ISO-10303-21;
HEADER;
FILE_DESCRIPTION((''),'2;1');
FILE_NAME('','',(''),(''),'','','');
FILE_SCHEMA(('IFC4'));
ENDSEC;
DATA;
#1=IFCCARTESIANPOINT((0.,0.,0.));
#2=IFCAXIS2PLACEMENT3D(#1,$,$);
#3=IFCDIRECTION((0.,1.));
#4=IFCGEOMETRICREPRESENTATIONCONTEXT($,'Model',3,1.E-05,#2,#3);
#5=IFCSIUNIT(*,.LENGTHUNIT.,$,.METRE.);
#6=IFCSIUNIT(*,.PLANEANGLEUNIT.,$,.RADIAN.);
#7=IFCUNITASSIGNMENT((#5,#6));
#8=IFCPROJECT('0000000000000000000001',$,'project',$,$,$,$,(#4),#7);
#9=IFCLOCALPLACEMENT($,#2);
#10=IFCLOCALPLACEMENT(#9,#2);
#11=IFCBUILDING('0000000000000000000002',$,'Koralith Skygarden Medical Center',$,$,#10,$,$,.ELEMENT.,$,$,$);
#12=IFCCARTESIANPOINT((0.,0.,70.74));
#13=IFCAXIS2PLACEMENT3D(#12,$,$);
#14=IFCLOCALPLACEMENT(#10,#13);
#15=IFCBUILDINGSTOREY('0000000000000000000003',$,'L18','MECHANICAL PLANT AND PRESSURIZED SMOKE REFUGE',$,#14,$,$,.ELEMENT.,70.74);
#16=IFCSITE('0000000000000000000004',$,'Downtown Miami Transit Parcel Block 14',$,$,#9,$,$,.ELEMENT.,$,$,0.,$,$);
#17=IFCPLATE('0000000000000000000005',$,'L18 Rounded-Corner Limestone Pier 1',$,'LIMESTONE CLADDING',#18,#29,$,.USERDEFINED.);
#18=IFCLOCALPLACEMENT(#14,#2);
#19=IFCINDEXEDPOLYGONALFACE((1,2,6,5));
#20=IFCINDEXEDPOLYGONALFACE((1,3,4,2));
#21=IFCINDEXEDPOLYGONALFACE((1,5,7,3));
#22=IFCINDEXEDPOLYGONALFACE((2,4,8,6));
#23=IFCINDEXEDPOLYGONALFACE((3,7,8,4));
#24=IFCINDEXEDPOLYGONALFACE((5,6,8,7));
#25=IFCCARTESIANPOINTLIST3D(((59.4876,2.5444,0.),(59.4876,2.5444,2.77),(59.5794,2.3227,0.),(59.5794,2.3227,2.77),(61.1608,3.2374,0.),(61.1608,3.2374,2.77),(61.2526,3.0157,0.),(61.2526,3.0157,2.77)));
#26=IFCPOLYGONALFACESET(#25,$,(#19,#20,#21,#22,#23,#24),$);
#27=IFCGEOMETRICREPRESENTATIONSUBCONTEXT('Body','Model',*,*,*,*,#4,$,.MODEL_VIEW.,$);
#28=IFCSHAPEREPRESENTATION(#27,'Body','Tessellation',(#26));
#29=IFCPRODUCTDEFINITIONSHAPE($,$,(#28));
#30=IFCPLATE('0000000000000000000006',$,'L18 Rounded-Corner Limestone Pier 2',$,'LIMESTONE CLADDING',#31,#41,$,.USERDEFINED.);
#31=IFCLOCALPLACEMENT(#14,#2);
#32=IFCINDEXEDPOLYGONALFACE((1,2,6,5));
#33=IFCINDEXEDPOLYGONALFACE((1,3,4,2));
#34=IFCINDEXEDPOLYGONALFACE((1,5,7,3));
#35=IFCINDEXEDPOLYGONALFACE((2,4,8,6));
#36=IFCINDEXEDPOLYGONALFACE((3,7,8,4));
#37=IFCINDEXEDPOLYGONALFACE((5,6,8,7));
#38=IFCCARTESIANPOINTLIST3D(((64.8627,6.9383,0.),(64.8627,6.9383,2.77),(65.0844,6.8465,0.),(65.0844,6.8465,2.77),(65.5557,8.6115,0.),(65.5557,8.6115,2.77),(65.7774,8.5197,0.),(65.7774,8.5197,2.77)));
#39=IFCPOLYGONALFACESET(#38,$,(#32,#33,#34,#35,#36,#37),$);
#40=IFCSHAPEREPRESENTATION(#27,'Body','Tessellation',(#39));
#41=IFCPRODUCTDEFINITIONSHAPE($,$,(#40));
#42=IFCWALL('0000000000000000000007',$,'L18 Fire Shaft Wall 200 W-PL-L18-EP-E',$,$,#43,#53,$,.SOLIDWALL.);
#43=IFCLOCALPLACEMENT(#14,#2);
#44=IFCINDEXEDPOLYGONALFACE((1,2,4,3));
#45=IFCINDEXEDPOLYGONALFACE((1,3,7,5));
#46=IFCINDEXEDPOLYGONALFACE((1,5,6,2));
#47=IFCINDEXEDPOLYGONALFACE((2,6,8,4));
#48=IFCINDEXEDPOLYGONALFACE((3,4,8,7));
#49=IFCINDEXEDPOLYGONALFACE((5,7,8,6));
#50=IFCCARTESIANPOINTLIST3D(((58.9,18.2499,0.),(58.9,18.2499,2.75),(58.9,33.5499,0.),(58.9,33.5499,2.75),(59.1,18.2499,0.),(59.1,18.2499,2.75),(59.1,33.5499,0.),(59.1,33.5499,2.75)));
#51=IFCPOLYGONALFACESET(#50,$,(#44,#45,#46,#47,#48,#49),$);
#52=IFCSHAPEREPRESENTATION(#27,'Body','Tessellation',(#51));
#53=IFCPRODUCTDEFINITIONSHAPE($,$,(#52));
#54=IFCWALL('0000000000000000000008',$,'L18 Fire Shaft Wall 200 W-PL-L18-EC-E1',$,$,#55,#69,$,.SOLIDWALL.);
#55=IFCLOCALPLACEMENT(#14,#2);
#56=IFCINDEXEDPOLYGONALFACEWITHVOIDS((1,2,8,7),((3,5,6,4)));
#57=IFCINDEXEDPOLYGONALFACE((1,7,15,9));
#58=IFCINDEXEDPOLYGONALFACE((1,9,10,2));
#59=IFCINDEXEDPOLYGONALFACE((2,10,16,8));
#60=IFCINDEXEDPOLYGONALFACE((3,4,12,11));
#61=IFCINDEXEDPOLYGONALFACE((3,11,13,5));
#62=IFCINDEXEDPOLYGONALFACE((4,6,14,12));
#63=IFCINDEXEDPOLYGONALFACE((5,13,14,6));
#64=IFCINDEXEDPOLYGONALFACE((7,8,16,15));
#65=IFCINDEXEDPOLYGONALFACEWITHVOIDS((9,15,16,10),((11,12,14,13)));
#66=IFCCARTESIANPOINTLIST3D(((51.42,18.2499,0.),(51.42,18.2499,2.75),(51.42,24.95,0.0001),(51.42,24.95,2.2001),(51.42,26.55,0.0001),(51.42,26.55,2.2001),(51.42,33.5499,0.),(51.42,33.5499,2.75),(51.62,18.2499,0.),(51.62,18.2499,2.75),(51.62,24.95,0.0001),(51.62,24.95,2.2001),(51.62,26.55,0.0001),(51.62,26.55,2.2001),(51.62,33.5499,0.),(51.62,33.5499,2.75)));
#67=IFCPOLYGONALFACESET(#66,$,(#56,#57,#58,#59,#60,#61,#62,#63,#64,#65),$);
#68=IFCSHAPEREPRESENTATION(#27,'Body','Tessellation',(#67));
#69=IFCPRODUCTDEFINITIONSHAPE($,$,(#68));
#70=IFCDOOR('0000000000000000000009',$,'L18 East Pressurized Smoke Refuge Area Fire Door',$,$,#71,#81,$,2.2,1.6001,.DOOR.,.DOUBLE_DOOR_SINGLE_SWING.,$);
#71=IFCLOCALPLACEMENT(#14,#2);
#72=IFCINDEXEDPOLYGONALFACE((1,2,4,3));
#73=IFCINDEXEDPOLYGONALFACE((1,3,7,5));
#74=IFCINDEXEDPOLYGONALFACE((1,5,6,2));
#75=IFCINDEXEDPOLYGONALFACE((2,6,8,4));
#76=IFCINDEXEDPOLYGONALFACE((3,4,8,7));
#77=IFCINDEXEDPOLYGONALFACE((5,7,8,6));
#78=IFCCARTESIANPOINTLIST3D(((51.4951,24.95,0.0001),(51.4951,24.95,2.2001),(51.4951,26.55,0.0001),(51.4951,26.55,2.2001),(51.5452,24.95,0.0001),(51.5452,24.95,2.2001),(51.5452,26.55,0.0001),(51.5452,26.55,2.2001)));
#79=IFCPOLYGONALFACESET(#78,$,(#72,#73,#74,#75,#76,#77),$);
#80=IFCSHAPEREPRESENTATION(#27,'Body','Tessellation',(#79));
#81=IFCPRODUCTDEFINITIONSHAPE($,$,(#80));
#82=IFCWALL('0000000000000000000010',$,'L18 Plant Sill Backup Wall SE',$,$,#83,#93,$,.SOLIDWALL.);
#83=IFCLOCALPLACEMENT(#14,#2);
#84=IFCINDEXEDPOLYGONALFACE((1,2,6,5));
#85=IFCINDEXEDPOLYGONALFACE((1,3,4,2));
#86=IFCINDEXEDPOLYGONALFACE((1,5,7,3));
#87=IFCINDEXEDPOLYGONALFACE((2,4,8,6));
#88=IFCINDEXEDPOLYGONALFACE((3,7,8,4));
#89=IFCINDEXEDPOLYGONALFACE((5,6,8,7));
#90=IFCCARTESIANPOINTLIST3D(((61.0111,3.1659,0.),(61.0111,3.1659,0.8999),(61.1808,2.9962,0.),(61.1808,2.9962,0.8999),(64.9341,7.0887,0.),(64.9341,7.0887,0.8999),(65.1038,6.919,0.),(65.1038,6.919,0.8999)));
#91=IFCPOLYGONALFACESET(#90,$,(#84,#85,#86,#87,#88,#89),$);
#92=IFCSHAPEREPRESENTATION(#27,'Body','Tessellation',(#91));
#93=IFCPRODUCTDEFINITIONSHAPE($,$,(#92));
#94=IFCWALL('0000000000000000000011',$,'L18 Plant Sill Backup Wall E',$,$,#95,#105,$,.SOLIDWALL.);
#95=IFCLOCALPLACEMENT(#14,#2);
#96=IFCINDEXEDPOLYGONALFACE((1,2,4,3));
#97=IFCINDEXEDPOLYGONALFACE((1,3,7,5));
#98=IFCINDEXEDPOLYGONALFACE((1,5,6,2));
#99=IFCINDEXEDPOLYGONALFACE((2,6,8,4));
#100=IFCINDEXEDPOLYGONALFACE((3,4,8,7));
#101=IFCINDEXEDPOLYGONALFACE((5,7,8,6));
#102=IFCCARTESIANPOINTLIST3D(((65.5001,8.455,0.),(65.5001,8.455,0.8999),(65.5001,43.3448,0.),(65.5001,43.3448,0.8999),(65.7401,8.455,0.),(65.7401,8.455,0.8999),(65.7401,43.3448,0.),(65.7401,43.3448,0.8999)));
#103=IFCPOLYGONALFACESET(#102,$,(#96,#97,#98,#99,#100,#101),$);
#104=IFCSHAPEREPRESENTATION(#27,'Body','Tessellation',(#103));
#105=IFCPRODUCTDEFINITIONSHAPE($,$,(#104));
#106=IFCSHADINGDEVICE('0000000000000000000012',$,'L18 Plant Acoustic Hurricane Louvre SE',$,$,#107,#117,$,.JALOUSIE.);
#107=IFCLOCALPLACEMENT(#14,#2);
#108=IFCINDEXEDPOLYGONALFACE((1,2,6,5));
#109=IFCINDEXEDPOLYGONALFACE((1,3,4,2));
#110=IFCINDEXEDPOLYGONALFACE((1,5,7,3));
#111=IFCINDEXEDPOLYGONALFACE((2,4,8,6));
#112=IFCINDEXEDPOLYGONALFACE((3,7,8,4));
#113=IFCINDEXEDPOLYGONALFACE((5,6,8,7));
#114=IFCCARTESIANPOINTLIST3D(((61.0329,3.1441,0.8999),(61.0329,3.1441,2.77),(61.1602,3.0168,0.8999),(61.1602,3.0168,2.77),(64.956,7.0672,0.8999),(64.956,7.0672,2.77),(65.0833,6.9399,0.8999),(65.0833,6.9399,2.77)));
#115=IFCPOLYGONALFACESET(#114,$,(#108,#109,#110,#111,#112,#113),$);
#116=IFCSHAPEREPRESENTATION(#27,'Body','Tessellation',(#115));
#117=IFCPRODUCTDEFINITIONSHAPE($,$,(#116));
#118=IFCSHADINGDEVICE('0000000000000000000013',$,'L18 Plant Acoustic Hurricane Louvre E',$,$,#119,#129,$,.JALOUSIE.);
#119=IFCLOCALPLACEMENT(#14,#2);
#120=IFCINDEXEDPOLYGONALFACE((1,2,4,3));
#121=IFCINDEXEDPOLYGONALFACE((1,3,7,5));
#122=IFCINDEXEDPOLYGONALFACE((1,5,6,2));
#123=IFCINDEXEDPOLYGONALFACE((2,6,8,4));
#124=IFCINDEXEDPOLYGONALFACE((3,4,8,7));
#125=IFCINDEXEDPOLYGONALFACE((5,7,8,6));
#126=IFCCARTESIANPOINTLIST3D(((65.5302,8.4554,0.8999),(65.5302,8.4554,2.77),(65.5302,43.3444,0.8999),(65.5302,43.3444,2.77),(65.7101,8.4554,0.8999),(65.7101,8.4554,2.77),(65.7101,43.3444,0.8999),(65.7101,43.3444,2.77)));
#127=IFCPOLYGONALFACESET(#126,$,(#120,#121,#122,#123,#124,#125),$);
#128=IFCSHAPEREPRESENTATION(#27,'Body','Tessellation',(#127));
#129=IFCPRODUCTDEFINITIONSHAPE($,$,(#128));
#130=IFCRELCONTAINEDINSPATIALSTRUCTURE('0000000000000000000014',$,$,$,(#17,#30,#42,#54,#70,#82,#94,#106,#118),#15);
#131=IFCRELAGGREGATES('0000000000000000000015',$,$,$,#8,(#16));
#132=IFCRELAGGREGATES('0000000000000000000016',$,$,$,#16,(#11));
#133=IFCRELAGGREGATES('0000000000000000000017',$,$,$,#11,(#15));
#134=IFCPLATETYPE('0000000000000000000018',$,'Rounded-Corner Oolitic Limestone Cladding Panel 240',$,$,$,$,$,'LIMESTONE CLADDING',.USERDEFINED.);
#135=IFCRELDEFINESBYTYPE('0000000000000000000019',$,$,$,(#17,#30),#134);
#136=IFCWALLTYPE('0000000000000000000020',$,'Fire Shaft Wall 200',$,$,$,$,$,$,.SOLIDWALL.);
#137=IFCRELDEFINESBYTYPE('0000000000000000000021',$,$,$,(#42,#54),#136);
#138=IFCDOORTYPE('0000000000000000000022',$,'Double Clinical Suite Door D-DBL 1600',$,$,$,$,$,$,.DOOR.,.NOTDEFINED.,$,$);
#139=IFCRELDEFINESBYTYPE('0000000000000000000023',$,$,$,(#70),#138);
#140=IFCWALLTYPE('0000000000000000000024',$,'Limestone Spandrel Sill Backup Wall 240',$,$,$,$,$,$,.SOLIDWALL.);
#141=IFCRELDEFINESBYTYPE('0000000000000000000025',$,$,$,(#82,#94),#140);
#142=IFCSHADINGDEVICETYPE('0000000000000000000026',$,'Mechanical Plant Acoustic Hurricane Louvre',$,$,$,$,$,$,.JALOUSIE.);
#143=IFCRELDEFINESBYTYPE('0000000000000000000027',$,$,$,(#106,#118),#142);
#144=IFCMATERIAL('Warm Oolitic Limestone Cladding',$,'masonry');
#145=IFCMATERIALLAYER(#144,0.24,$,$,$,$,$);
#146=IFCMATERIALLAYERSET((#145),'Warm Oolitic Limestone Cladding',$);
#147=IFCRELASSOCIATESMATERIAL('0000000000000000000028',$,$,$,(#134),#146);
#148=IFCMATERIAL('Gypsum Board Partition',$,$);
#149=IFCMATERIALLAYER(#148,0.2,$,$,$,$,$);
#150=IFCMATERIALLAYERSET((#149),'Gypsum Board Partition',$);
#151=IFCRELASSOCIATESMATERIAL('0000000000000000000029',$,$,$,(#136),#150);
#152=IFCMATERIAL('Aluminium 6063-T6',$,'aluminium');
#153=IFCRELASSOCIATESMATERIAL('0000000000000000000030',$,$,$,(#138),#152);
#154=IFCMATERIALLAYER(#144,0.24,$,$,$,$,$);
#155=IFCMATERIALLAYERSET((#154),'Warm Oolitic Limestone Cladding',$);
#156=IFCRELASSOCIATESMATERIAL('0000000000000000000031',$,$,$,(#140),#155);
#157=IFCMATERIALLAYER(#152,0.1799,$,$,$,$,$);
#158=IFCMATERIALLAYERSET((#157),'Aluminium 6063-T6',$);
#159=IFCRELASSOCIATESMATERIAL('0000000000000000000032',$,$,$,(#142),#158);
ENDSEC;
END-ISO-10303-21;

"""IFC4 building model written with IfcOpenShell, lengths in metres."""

from ifc_helpers import new_model, si_unit, direction, frame, frame_2d, origin, origin_2d, place, context, subcontext, project, spatial, rectangle, extrude, material, layer, layer_set, type_object, element, fill, save


model = new_model("IFC4")

# Units and contexts
model_context = context("Model", 3, precision=1e-05, world=origin(), true_north=direction((0.0, 1.0)))
body_context = subcontext(model_context, "Body", "Model", "MODEL_VIEW")
ifc_project = project(units=[si_unit("LENGTHUNIT", "METRE"), si_unit("PLANEANGLEUNIT", "RADIAN")], contexts=[model_context])

# Site, building, storey
site_placement = place(None, origin())
site = spatial("IfcSite", under=ifc_project, at=site_placement, Name="Downtown Miami Transit Parcel Block 14", CompositionType="ELEMENT", RefElevation=0.0)
building_placement = place(site_placement, origin())
building = spatial("IfcBuilding", under=site, at=building_placement, Name="Koralith Skygarden Medical Center", CompositionType="ELEMENT")
storey_placement = place(building_placement, frame((0.0, 0.0, 70.74)))
storey = spatial("IfcBuildingStorey", under=building, at=storey_placement, Name="L18", Description="MECHANICAL PLANT AND PRESSURIZED SMOKE REFUGE", CompositionType="ELEMENT", Elevation=70.74)

# Plates
ifc_material_1 = material(Name="Warm Oolitic Limestone Cladding", Category="masonry")
ifc_layer_1 = layer(ifc_material_1, 0.24)
ifc_layer_set_1 = layer_set([ifc_layer_1], Name="Warm Oolitic Limestone Cladding")
plate_type_1 = type_object("IfcPlateType", Name="Rounded-Corner Oolitic Limestone Cladding Panel 240", ElementType="LIMESTONE CLADDING", PredefinedType="USERDEFINED", material=ifc_layer_set_1)
for number, where, z_axis, x_axis, name in (
    (1, (60.3701, 2.78, 0.0), (0.0, 0.0, 1.0), (0.923885, 0.382671, 0.0), "L18 Rounded-Corner Limestone Pier 1"),
    (2, (65.3201, 7.729, 0.0), (0.0, 0.0, 1.0), (0.382671, 0.923885, 0.0), "L18 Rounded-Corner Limestone Pier 2"),
):
    element("IfcPlate", number, at=place(storey_placement, frame(where, z_axis=z_axis, x_axis=x_axis)), inside=storey, type_object=plate_type_1, Name=name, ObjectType="LIMESTONE CLADDING", PredefinedType="USERDEFINED", context=body_context, shape_type="SweptSolid", body=[
        extrude(rectangle(XDim=1.811, YDim=0.24, at=origin_2d()), origin(), (0.0, 0.0, 1.0), 2.77),
    ])

# Wall
ifc_material_2 = material(Name="Gypsum Board Partition")
ifc_layer_2 = layer(ifc_material_2, 0.2)
ifc_layer_set_2 = layer_set([ifc_layer_2], Name="Gypsum Board Partition")
wall_type_1 = type_object("IfcWallType", Name="Fire Shaft Wall 200", PredefinedType="SOLIDWALL", material=ifc_layer_set_2)
wall_1_placement = place(storey_placement, frame((59.0, 18.25, 0.0), z_axis=(0.0, 0.0, 1.0), x_axis=(0.0, 1.0, 0.0)))
element("IfcWall", 3, at=wall_1_placement, inside=storey, type_object=wall_type_1, Name="L18 Fire Shaft Wall 200 W-PL-L18-EP-E", PredefinedType="SOLIDWALL", context=body_context, shape_type="SweptSolid", body=[
    extrude(rectangle(XDim=15.3, YDim=0.2, at=frame_2d((7.6499, 0.0))), origin(), (0.0, 0.0, 1.0), 2.75),
])

# Wall, opening, door
wall_2_placement = place(storey_placement, frame((51.52, 18.25, 0.0), z_axis=(0.0, 0.0, 1.0), x_axis=(0.0, 1.0, 0.0)))
wall_2 = element("IfcWall", 4, at=wall_2_placement, inside=storey, type_object=wall_type_1, Name="L18 Fire Shaft Wall 200 W-PL-L18-EC-E1", PredefinedType="SOLIDWALL", context=body_context, shape_type="SweptSolid", body=[
    extrude(rectangle(XDim=15.3, YDim=0.2, at=frame_2d((7.6499, 0.0))), origin(), (0.0, 0.0, 1.0), 2.75),
])
opening_placement = place(wall_2_placement, frame((6.7, 0.0, 0.0)))
opening = element("IfcOpeningElement", 5, at=opening_placement, cuts=wall_2, PredefinedType="OPENING", context=body_context, shape_type="SweptSolid", body=[
    extrude(rectangle(XDim=1.6001, YDim=2.2, at=frame_2d((0.8, 1.1001))), frame((0.0, 0.1099, 0.0), z_axis=(0.0, -1.0, 0.0), x_axis=(1.0, 0.0, 0.0)), (0.0, 0.0, 1.0), 0.22),
])
ifc_material_3 = material(Name="Aluminium 6063-T6", Category="aluminium")
door_type = type_object("IfcDoorType", Name="Double Clinical Suite Door D-DBL 1600", OperationType="NOTDEFINED", PredefinedType="DOOR", material=ifc_material_3)
door_placement = place(opening_placement, origin())
door = element("IfcDoor", 6, at=door_placement, inside=storey, type_object=door_type, Name="L18 East Pressurized Smoke Refuge Area Fire Door", OperationType="DOUBLE_DOOR_SINGLE_SWING", OverallHeight=2.2, OverallWidth=1.6001, PredefinedType="DOOR", context=body_context, shape_type="SweptSolid", body=[
    extrude(rectangle(XDim=1.6001, YDim=2.2, at=frame_2d((0.8, 1.1001))), frame((0.0, 0.0249, 0.0), z_axis=(0.0, -1.0, 0.0), x_axis=(1.0, 0.0, 0.0)), (0.0, 0.0, 1.0), 0.05),
])
fill(opening, door)

# Walls
ifc_layer_3 = layer(ifc_material_1, 0.24)
ifc_layer_set_3 = layer_set([ifc_layer_3], Name="Warm Oolitic Limestone Cladding")
wall_type_2 = type_object("IfcWallType", Name="Limestone Spandrel Sill Backup Wall 240", PredefinedType="SOLIDWALL", material=ifc_layer_set_3)
wall_3_placement = place(storey_placement, frame((61.0959, 3.0811, 0.0), z_axis=(0.0, 0.0, 1.0), x_axis=(0.707129, 0.707085, 0.0)))
element("IfcWall", 7, at=wall_3_placement, inside=storey, type_object=wall_type_2, Name="L18 Plant Sill Backup Wall SE", PredefinedType="SOLIDWALL", context=body_context, shape_type="SweptSolid", body=[
    extrude(rectangle(XDim=5.5479, YDim=0.24, at=frame_2d((2.7739, 0.0))), origin(), (0.0, 0.0, 1.0), 0.8999),
])
wall_4_placement = place(storey_placement, frame((65.6201, 8.4551, 0.0), z_axis=(0.0, 0.0, 1.0), x_axis=(0.0, 1.0, 0.0)))
element("IfcWall", 8, at=wall_4_placement, inside=storey, type_object=wall_type_2, Name="L18 Plant Sill Backup Wall E", PredefinedType="SOLIDWALL", context=body_context, shape_type="SweptSolid", body=[
    extrude(rectangle(XDim=34.8899, YDim=0.24, at=frame_2d((17.4448, 0.0))), origin(), (0.0, 0.0, 1.0), 0.8999),
])

# Shading devices
ifc_layer_4 = layer(ifc_material_3, 0.1799)
ifc_layer_set_4 = layer_set([ifc_layer_4], Name="Aluminium 6063-T6")
shading_device_type = type_object("IfcShadingDeviceType", Name="Mechanical Plant Acoustic Hurricane Louvre", PredefinedType="JALOUSIE", material=ifc_layer_set_4)
shading_device_1_placement = place(storey_placement, frame((63.0581, 5.042, 0.8999), z_axis=(0.0, 0.0, 1.0), x_axis=(0.707107, 0.707107, 0.0)))
element("IfcShadingDevice", 9, at=shading_device_1_placement, inside=storey, type_object=shading_device_type, Name="L18 Plant Acoustic Hurricane Louvre SE", PredefinedType="JALOUSIE", context=body_context, shape_type="SweptSolid", body=[
    extrude(rectangle(XDim=5.5481, YDim=0.1799, at=origin_2d()), origin(), (0.0, 0.0, 1.0), 1.8701),
])
shading_device_2_placement = place(storey_placement, frame((65.6201, 25.8999, 0.8999), z_axis=(0.0, 0.0, 1.0), x_axis=(0.0, 1.0, 0.0)))
element("IfcShadingDevice", 10, at=shading_device_2_placement, inside=storey, type_object=shading_device_type, Name="L18 Plant Acoustic Hurricane Louvre E", PredefinedType="JALOUSIE", context=body_context, shape_type="SweptSolid", body=[
    extrude(rectangle(XDim=34.8889, YDim=0.1799, at=origin_2d()), origin(), (0.0, 0.0, 1.0), 1.8701),
])

save(model, "model.ifc")
